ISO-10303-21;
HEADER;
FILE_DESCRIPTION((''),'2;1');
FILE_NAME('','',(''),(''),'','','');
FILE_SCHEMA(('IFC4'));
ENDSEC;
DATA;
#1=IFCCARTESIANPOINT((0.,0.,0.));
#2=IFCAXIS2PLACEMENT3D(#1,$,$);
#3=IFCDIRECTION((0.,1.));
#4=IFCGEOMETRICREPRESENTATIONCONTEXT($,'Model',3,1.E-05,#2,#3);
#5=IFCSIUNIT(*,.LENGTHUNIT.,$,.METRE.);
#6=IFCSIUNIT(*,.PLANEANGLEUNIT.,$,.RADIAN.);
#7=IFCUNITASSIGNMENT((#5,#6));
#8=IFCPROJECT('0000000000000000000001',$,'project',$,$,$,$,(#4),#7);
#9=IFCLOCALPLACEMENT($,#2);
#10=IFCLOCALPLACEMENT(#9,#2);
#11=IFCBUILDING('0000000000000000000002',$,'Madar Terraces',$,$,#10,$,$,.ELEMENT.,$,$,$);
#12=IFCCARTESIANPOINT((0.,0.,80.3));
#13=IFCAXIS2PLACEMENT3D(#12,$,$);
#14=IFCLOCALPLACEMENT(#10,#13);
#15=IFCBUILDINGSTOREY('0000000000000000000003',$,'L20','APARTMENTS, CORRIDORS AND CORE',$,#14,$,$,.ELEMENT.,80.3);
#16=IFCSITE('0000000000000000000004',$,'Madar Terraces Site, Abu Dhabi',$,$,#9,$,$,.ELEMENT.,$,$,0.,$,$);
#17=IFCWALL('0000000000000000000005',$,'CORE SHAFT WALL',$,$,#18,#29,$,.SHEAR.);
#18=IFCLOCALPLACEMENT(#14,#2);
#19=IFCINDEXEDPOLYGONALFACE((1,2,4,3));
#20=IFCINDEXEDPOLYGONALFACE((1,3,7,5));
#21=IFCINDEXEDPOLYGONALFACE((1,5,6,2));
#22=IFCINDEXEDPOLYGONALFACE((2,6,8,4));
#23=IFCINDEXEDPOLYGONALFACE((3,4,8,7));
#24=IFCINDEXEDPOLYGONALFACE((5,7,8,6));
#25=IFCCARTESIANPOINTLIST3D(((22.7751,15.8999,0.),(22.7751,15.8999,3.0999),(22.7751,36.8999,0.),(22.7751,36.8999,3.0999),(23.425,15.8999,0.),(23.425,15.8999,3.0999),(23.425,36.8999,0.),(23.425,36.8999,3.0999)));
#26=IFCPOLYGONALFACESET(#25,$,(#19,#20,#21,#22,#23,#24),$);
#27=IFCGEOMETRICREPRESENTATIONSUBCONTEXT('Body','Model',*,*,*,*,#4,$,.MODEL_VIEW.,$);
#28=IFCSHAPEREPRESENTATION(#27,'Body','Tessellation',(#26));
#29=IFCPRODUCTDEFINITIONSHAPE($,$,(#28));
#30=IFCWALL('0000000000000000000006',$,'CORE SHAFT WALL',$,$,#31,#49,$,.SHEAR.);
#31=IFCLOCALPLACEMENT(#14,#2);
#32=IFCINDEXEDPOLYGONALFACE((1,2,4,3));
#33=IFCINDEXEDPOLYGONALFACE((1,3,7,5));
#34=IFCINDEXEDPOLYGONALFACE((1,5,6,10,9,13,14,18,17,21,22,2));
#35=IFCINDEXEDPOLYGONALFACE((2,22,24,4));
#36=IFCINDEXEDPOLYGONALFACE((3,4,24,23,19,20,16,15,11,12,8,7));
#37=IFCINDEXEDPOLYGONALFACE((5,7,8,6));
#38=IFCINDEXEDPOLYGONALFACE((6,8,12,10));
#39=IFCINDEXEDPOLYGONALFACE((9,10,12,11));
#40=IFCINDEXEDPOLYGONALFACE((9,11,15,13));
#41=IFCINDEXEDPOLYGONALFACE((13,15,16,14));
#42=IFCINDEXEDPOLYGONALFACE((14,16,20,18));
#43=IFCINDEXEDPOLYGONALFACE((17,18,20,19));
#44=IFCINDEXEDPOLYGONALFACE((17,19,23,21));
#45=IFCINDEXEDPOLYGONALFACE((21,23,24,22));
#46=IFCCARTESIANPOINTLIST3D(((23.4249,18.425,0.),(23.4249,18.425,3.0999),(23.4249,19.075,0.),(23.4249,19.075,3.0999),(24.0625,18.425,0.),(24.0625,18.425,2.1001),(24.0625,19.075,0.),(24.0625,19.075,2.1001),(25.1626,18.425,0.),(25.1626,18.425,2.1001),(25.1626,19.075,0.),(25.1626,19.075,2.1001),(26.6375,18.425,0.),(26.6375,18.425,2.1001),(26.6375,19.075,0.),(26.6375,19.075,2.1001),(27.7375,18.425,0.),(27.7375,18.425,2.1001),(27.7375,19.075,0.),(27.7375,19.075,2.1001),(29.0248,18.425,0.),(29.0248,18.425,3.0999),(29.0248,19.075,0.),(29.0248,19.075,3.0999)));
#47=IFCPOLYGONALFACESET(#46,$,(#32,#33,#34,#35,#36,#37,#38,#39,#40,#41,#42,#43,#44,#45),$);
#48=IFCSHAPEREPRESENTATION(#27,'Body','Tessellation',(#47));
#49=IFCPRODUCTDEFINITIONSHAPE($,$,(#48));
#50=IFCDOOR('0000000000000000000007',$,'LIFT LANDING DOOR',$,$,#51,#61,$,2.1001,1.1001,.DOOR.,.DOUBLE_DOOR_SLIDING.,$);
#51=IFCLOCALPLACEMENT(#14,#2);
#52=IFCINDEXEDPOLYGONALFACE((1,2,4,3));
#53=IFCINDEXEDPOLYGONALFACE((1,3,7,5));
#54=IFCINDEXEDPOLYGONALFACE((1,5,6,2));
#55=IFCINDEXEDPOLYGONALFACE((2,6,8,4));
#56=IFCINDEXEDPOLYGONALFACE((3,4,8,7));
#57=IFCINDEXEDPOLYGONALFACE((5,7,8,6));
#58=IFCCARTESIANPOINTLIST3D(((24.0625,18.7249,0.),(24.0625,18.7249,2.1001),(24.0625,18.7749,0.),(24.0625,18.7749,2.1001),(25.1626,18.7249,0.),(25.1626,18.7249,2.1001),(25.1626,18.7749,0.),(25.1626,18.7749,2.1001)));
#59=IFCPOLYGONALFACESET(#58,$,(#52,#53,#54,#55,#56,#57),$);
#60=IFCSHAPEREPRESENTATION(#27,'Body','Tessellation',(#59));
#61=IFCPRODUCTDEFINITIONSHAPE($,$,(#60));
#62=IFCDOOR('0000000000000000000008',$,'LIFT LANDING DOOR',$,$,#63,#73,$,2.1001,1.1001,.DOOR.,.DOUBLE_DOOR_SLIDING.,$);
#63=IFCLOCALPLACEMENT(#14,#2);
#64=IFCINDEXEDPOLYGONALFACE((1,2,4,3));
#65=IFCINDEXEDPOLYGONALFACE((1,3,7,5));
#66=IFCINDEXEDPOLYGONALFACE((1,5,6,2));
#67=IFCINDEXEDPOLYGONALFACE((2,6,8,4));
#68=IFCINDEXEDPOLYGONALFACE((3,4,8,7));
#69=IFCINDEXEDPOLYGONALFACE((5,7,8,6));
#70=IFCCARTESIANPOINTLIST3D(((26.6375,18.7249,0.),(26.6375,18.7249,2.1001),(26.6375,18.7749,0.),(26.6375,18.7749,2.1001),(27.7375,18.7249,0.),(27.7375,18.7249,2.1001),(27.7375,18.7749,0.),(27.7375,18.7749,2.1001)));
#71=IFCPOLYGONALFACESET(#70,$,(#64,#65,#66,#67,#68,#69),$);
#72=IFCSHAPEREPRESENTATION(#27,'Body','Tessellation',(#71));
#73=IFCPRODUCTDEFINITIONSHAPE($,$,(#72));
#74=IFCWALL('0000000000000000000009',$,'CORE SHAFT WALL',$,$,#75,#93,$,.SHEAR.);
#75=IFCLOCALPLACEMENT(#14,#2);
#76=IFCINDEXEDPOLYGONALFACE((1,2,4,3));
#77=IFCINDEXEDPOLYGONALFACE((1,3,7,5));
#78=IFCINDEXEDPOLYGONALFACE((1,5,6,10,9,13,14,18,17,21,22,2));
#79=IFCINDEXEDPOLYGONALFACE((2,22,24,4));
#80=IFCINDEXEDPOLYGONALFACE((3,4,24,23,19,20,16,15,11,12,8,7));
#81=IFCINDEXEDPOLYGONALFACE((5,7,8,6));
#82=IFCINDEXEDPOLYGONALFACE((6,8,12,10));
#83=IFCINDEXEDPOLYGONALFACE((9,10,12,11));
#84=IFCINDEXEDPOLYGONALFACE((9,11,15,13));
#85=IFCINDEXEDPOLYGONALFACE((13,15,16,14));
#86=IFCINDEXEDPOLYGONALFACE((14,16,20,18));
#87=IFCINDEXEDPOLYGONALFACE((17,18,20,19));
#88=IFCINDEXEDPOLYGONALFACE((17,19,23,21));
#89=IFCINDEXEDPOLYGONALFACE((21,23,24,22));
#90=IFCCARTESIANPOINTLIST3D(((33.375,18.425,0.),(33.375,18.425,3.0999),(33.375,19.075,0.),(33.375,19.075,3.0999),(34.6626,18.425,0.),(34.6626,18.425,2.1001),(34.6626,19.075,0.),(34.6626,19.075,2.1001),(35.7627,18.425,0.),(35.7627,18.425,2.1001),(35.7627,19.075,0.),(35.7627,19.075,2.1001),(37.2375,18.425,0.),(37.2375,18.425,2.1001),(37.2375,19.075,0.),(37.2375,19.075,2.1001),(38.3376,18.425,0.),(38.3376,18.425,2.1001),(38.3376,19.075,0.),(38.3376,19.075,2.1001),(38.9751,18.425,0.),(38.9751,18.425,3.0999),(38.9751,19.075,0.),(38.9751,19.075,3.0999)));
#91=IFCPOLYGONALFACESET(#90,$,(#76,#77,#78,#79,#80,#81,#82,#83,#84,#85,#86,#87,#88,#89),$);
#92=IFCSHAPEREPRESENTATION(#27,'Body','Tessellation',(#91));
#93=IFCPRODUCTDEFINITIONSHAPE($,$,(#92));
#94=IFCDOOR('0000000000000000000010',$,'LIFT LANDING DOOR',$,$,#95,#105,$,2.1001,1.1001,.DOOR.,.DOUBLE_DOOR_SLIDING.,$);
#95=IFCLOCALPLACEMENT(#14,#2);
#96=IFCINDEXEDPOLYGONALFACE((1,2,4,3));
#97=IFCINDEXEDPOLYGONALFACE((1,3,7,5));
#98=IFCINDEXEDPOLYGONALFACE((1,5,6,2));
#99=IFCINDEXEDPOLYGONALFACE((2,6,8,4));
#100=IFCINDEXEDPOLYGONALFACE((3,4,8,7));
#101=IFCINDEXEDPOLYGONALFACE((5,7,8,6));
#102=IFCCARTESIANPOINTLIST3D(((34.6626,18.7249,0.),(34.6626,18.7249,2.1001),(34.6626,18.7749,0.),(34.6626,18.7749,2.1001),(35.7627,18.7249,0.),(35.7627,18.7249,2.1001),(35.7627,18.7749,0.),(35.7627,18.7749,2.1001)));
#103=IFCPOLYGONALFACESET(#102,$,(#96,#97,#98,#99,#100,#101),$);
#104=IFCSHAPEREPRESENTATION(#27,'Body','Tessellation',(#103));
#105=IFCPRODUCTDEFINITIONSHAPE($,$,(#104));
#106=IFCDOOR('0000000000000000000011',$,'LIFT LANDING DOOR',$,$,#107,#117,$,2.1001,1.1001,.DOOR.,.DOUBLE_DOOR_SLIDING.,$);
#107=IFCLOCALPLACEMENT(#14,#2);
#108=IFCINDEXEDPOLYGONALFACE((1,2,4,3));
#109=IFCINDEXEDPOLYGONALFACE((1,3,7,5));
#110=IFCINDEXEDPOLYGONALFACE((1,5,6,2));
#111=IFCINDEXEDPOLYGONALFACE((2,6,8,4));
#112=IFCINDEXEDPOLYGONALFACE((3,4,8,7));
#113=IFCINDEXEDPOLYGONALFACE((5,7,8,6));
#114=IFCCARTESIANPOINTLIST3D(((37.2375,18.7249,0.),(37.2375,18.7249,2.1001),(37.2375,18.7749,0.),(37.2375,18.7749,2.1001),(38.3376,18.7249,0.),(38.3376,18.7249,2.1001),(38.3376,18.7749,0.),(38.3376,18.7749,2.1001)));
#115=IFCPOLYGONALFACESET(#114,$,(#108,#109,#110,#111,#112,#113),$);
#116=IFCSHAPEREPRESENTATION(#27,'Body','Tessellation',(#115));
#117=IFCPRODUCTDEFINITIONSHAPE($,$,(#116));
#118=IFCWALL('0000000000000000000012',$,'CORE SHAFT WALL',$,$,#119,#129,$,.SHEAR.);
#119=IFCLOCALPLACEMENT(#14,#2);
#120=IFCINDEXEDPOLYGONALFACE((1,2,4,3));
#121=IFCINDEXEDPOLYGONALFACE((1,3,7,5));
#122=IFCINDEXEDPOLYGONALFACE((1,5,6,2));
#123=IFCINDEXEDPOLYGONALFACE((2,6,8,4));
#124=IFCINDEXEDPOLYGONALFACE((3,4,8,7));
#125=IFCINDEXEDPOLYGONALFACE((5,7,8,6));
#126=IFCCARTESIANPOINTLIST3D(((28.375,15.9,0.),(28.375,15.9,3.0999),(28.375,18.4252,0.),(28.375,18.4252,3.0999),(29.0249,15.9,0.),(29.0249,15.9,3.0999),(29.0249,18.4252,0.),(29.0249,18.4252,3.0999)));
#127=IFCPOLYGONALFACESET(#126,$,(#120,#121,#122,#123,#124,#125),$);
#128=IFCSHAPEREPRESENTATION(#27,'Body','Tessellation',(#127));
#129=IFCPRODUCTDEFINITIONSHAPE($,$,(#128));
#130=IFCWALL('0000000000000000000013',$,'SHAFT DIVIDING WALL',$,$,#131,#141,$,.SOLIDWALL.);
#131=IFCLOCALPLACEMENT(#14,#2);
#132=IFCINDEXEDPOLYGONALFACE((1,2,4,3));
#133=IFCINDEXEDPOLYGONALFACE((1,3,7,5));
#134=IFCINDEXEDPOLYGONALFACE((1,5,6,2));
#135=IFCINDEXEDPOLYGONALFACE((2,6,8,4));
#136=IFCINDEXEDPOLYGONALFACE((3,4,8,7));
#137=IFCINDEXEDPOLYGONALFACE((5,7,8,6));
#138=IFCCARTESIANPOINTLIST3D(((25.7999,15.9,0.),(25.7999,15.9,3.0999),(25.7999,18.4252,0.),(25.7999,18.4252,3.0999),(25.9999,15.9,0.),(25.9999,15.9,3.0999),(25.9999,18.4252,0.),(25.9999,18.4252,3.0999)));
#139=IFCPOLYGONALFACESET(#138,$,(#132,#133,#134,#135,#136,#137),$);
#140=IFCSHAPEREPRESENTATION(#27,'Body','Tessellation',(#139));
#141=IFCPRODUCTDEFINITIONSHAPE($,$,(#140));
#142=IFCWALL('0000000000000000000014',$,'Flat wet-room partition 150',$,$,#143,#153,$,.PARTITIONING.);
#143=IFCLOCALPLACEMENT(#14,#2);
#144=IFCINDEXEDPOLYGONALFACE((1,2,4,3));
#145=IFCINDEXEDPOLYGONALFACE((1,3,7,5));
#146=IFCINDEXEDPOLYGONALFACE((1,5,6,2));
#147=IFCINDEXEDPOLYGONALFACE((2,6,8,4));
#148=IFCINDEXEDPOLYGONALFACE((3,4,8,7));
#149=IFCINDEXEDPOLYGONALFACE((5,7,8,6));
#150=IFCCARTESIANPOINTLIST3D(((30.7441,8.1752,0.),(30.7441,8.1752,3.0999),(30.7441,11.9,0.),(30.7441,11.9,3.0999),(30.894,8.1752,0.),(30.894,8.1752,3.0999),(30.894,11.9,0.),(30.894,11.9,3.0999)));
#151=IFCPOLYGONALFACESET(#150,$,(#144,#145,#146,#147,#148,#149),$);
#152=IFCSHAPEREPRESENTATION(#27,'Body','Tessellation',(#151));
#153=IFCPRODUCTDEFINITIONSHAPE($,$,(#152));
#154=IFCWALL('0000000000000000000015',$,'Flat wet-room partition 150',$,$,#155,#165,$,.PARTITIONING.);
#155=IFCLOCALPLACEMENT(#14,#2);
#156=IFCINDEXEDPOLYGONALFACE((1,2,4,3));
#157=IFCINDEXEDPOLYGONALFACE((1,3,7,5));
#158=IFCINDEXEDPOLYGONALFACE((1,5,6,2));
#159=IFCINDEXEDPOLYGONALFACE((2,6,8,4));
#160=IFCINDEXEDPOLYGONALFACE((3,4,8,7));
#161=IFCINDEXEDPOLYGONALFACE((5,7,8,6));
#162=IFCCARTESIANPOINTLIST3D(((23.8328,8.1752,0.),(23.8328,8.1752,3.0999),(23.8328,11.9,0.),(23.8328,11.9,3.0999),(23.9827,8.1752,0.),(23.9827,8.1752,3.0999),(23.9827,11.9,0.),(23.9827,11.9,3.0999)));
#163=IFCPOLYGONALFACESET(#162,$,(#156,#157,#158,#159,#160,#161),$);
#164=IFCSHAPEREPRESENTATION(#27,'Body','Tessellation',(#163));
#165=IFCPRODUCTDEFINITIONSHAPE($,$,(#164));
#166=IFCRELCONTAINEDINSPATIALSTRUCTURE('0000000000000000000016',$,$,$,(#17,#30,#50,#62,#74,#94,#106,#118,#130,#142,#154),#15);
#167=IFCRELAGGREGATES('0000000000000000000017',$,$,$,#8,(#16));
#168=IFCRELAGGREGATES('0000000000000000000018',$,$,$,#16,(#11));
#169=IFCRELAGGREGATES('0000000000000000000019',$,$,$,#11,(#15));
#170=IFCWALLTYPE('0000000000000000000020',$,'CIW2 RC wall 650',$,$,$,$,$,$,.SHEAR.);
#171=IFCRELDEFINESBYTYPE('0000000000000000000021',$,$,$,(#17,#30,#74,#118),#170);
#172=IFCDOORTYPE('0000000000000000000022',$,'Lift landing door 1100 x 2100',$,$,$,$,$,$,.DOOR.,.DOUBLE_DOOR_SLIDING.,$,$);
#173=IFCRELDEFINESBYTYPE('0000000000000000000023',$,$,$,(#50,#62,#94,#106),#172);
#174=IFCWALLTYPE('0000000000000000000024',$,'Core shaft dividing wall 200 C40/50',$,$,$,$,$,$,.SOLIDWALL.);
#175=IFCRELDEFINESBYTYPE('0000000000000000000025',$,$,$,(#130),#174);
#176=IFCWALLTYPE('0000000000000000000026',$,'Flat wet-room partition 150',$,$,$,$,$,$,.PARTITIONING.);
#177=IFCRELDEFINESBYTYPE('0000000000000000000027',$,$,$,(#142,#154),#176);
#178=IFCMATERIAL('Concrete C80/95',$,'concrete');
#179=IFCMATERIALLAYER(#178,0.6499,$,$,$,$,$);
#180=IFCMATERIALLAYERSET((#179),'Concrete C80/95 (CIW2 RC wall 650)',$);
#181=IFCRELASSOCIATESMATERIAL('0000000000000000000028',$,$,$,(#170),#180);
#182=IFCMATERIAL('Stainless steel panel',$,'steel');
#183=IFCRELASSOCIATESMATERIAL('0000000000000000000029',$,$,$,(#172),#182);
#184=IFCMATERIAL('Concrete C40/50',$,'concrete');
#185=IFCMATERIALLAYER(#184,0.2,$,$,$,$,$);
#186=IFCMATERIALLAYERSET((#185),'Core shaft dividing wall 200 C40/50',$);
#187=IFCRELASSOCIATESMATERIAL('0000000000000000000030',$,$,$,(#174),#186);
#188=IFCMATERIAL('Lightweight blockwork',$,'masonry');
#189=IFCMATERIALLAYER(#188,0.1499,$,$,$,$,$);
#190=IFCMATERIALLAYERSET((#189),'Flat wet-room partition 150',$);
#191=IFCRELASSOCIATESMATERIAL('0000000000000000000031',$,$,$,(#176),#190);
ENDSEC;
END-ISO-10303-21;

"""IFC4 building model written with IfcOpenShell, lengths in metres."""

from ifc_helpers import new_model, si_unit, direction, frame, frame_2d, origin, place, context, subcontext, project, spatial, rectangle, extrude, material, layer, layer_set, type_object, element, fill, save


model = new_model("IFC4")

# Units and contexts
model_context = context("Model", 3, precision=1e-05, world=origin(), true_north=direction((0.0, 1.0)))
body_context = subcontext(model_context, "Body", "Model", "MODEL_VIEW")
ifc_project = project(units=[si_unit("LENGTHUNIT", "METRE"), si_unit("PLANEANGLEUNIT", "RADIAN")], contexts=[model_context])

# Site, building, storey
site_placement = place(None, origin())
site = spatial("IfcSite", under=ifc_project, at=site_placement, Name="Madar Terraces Site, Abu Dhabi", CompositionType="ELEMENT", RefElevation=0.0)
building_placement = place(site_placement, origin())
building = spatial("IfcBuilding", under=site, at=building_placement, Name="Madar Terraces", CompositionType="ELEMENT")
storey_placement = place(building_placement, frame((0.0, 0.0, 80.3)))
storey = spatial("IfcBuildingStorey", under=building, at=storey_placement, Name="L20", Description="APARTMENTS, CORRIDORS AND CORE", CompositionType="ELEMENT", Elevation=80.3)

# Wall
ifc_material_1 = material(Name="Concrete C80/95", Category="concrete")
ifc_layer_1 = layer(ifc_material_1, 0.6499)
ifc_layer_set_1 = layer_set([ifc_layer_1], Name="Concrete C80/95 (CIW2 RC wall 650)")
wall_type_1 = type_object("IfcWallType", Name="CIW2 RC wall 650", PredefinedType="SHEAR", material=ifc_layer_set_1)
wall_1_placement = place(storey_placement, frame((23.1001, 15.8999, 0.0), z_axis=(0.0, 0.0, 1.0), x_axis=(0.0, 1.0, 0.0)))
element("IfcWall", 1, at=wall_1_placement, inside=storey, type_object=wall_type_1, Name="CORE SHAFT WALL", PredefinedType="SHEAR", context=body_context, shape_type="SweptSolid", body=[
    extrude(rectangle(XDim=21.0, YDim=0.6499, at=frame_2d((10.5, 0.0))), origin(), (0.0, 0.0, 1.0), 3.0999),
])

# Walls, openings, doors
wall_2_placement = place(storey_placement, frame((23.425, 18.75, 0.0), z_axis=(0.0, 0.0, 1.0), x_axis=(1.0, 0.0, 0.0)))
wall_2 = element("IfcWall", 2, at=wall_2_placement, inside=storey, type_object=wall_type_1, Name="CORE SHAFT WALL", PredefinedType="SHEAR", context=body_context, shape_type="SweptSolid", body=[
    extrude(rectangle(XDim=5.5999, YDim=0.6499, at=frame_2d((2.7998, 0.0))), origin(), (0.0, 0.0, 1.0), 3.0999),
])
opening_1_placement = place(wall_2_placement, frame((0.6375, 0.0, 0.0)))
opening_1 = element("IfcOpeningElement", 3, at=opening_1_placement, cuts=wall_2, PredefinedType="OPENING", context=body_context, shape_type="SweptSolid", body=[
    extrude(rectangle(XDim=1.1001, YDim=2.1001, at=frame_2d((0.55, 1.05))), frame((0.0, 0.335, 0.0), z_axis=(0.0, -1.0, 0.0), x_axis=(1.0, 0.0, 0.0)), (0.0, 0.0, 1.0), 0.6699),
])
opening_2_placement = place(wall_2_placement, frame((3.2124, 0.0, 0.0)))
opening_2 = element("IfcOpeningElement", 4, at=opening_2_placement, cuts=wall_2, PredefinedType="OPENING", context=body_context, shape_type="SweptSolid", body=[
    extrude(rectangle(XDim=1.1001, YDim=2.1001, at=frame_2d((0.55, 1.05))), frame((0.0, 0.335, 0.0), z_axis=(0.0, -1.0, 0.0), x_axis=(1.0, 0.0, 0.0)), (0.0, 0.0, 1.0), 0.6699),
])
ifc_material_2 = material(Name="Stainless steel panel", Category="steel")
door_type = type_object("IfcDoorType", Name="Lift landing door 1100 x 2100", OperationType="DOUBLE_DOOR_SLIDING", PredefinedType="DOOR", material=ifc_material_2)
door_1_placement = place(opening_1_placement, origin())
door_1 = element("IfcDoor", 5, at=door_1_placement, inside=storey, type_object=door_type, Name="LIFT LANDING DOOR", OperationType="DOUBLE_DOOR_SLIDING", OverallHeight=2.1001, OverallWidth=1.1001, PredefinedType="DOOR", context=body_context, shape_type="SweptSolid", body=[
    extrude(rectangle(XDim=1.1001, YDim=2.1001, at=frame_2d((0.55, 1.05))), frame((0.0, 0.0249, 0.0), z_axis=(0.0, -1.0, 0.0), x_axis=(1.0, 0.0, 0.0)), (0.0, 0.0, 1.0), 0.05),
])
fill(opening_1, door_1)
door_2_placement = place(opening_2_placement, origin())
door_2 = element("IfcDoor", 6, at=door_2_placement, inside=storey, type_object=door_type, Name="LIFT LANDING DOOR", OperationType="DOUBLE_DOOR_SLIDING", OverallHeight=2.1001, OverallWidth=1.1001, PredefinedType="DOOR", context=body_context, shape_type="SweptSolid", body=[
    extrude(rectangle(XDim=1.1001, YDim=2.1001, at=frame_2d((0.55, 1.05))), frame((0.0, 0.0249, 0.0), z_axis=(0.0, -1.0, 0.0), x_axis=(1.0, 0.0, 0.0)), (0.0, 0.0, 1.0), 0.05),
])
fill(opening_2, door_2)
wall_3_placement = place(storey_placement, frame((33.375, 18.75, 0.0), z_axis=(0.0, 0.0, 1.0), x_axis=(1.0, 0.0, 0.0)))
wall_3 = element("IfcWall", 7, at=wall_3_placement, inside=storey, type_object=wall_type_1, Name="CORE SHAFT WALL", PredefinedType="SHEAR", context=body_context, shape_type="SweptSolid", body=[
    extrude(rectangle(XDim=5.6001, YDim=0.6499, at=frame_2d((2.8, 0.0))), origin(), (0.0, 0.0, 1.0), 3.0999),
])
opening_3_placement = place(wall_3_placement, frame((1.2876, 0.0, 0.0)))
opening_3 = element("IfcOpeningElement", 8, at=opening_3_placement, cuts=wall_3, PredefinedType="OPENING", context=body_context, shape_type="SweptSolid", body=[
    extrude(rectangle(XDim=1.1001, YDim=2.1001, at=frame_2d((0.55, 1.05))), frame((0.0, 0.335, 0.0), z_axis=(0.0, -1.0, 0.0), x_axis=(1.0, 0.0, 0.0)), (0.0, 0.0, 1.0), 0.6699),
])
opening_4_placement = place(wall_3_placement, frame((3.8625, 0.0, 0.0)))
opening_4 = element("IfcOpeningElement", 9, at=opening_4_placement, cuts=wall_3, PredefinedType="OPENING", context=body_context, shape_type="SweptSolid", body=[
    extrude(rectangle(XDim=1.1001, YDim=2.1001, at=frame_2d((0.55, 1.05))), frame((0.0, 0.335, 0.0), z_axis=(0.0, -1.0, 0.0), x_axis=(1.0, 0.0, 0.0)), (0.0, 0.0, 1.0), 0.6699),
])
door_3_placement = place(opening_3_placement, origin())
door_3 = element("IfcDoor", 10, at=door_3_placement, inside=storey, type_object=door_type, Name="LIFT LANDING DOOR", OperationType="DOUBLE_DOOR_SLIDING", OverallHeight=2.1001, OverallWidth=1.1001, PredefinedType="DOOR", context=body_context, shape_type="SweptSolid", body=[
    extrude(rectangle(XDim=1.1001, YDim=2.1001, at=frame_2d((0.55, 1.05))), frame((0.0, 0.0249, 0.0), z_axis=(0.0, -1.0, 0.0), x_axis=(1.0, 0.0, 0.0)), (0.0, 0.0, 1.0), 0.05),
])
fill(opening_3, door_3)
door_4_placement = place(opening_4_placement, origin())
door_4 = element("IfcDoor", 11, at=door_4_placement, inside=storey, type_object=door_type, Name="LIFT LANDING DOOR", OperationType="DOUBLE_DOOR_SLIDING", OverallHeight=2.1001, OverallWidth=1.1001, PredefinedType="DOOR", context=body_context, shape_type="SweptSolid", body=[
    extrude(rectangle(XDim=1.1001, YDim=2.1001, at=frame_2d((0.55, 1.05))), frame((0.0, 0.0249, 0.0), z_axis=(0.0, -1.0, 0.0), x_axis=(1.0, 0.0, 0.0)), (0.0, 0.0, 1.0), 0.05),
])
fill(opening_4, door_4)

# Walls
wall_4_placement = place(storey_placement, frame((28.7, 15.8999, 0.0), z_axis=(0.0, 0.0, 1.0), x_axis=(0.0, 1.0, 0.0)))
element("IfcWall", 12, at=wall_4_placement, inside=storey, type_object=wall_type_1, Name="CORE SHAFT WALL", PredefinedType="SHEAR", context=body_context, shape_type="SweptSolid", body=[
    extrude(rectangle(XDim=2.5251, YDim=0.6499, at=frame_2d((1.2627, 0.0))), origin(), (0.0, 0.0, 1.0), 3.0999),
])
ifc_material_3 = material(Name="Concrete C40/50", Category="concrete")
ifc_layer_2 = layer(ifc_material_3, 0.2)
ifc_layer_set_2 = layer_set([ifc_layer_2], Name="Core shaft dividing wall 200 C40/50")
wall_type_2 = type_object("IfcWallType", Name="Core shaft dividing wall 200 C40/50", PredefinedType="SOLIDWALL", material=ifc_layer_set_2)
wall_5_placement = place(storey_placement, frame((25.8999, 15.8999, 0.0), z_axis=(0.0, 0.0, 1.0), x_axis=(0.0, 1.0, 0.0)))
element("IfcWall", 13, at=wall_5_placement, inside=storey, type_object=wall_type_2, Name="SHAFT DIVIDING WALL", PredefinedType="SOLIDWALL", context=body_context, shape_type="SweptSolid", body=[
    extrude(rectangle(XDim=2.5251, YDim=0.2, at=frame_2d((1.2627, 0.0))), origin(), (0.0, 0.0, 1.0), 3.0999),
])
ifc_material_4 = material(Name="Lightweight blockwork", Category="masonry")
ifc_layer_3 = layer(ifc_material_4, 0.1499)
ifc_layer_set_3 = layer_set([ifc_layer_3], Name="Flat wet-room partition 150")
wall_type_3 = type_object("IfcWallType", Name="Flat wet-room partition 150", PredefinedType="PARTITIONING", material=ifc_layer_set_3)
for number, where, z_axis, x_axis, name in (
    (14, (30.8191, 11.8999, 0.0), (0.0, 0.0, 1.0), (0.0, -1.0, 0.0), "Flat wet-room partition 150"),
    (15, (23.9077, 11.8999, 0.0), (0.0, 0.0, 1.0), (0.0, -1.0, 0.0), "Flat wet-room partition 150"),
):
    element("IfcWall", number, at=place(storey_placement, frame(where, z_axis=z_axis, x_axis=x_axis)), inside=storey, type_object=wall_type_3, Name=name, PredefinedType="PARTITIONING", context=body_context, shape_type="SweptSolid", body=[
        extrude(rectangle(XDim=3.7249, YDim=0.1499, at=frame_2d((1.8623, 0.0))), origin(), (0.0, 0.0, 1.0), 3.0999),
    ])

save(model, "model.ifc")
